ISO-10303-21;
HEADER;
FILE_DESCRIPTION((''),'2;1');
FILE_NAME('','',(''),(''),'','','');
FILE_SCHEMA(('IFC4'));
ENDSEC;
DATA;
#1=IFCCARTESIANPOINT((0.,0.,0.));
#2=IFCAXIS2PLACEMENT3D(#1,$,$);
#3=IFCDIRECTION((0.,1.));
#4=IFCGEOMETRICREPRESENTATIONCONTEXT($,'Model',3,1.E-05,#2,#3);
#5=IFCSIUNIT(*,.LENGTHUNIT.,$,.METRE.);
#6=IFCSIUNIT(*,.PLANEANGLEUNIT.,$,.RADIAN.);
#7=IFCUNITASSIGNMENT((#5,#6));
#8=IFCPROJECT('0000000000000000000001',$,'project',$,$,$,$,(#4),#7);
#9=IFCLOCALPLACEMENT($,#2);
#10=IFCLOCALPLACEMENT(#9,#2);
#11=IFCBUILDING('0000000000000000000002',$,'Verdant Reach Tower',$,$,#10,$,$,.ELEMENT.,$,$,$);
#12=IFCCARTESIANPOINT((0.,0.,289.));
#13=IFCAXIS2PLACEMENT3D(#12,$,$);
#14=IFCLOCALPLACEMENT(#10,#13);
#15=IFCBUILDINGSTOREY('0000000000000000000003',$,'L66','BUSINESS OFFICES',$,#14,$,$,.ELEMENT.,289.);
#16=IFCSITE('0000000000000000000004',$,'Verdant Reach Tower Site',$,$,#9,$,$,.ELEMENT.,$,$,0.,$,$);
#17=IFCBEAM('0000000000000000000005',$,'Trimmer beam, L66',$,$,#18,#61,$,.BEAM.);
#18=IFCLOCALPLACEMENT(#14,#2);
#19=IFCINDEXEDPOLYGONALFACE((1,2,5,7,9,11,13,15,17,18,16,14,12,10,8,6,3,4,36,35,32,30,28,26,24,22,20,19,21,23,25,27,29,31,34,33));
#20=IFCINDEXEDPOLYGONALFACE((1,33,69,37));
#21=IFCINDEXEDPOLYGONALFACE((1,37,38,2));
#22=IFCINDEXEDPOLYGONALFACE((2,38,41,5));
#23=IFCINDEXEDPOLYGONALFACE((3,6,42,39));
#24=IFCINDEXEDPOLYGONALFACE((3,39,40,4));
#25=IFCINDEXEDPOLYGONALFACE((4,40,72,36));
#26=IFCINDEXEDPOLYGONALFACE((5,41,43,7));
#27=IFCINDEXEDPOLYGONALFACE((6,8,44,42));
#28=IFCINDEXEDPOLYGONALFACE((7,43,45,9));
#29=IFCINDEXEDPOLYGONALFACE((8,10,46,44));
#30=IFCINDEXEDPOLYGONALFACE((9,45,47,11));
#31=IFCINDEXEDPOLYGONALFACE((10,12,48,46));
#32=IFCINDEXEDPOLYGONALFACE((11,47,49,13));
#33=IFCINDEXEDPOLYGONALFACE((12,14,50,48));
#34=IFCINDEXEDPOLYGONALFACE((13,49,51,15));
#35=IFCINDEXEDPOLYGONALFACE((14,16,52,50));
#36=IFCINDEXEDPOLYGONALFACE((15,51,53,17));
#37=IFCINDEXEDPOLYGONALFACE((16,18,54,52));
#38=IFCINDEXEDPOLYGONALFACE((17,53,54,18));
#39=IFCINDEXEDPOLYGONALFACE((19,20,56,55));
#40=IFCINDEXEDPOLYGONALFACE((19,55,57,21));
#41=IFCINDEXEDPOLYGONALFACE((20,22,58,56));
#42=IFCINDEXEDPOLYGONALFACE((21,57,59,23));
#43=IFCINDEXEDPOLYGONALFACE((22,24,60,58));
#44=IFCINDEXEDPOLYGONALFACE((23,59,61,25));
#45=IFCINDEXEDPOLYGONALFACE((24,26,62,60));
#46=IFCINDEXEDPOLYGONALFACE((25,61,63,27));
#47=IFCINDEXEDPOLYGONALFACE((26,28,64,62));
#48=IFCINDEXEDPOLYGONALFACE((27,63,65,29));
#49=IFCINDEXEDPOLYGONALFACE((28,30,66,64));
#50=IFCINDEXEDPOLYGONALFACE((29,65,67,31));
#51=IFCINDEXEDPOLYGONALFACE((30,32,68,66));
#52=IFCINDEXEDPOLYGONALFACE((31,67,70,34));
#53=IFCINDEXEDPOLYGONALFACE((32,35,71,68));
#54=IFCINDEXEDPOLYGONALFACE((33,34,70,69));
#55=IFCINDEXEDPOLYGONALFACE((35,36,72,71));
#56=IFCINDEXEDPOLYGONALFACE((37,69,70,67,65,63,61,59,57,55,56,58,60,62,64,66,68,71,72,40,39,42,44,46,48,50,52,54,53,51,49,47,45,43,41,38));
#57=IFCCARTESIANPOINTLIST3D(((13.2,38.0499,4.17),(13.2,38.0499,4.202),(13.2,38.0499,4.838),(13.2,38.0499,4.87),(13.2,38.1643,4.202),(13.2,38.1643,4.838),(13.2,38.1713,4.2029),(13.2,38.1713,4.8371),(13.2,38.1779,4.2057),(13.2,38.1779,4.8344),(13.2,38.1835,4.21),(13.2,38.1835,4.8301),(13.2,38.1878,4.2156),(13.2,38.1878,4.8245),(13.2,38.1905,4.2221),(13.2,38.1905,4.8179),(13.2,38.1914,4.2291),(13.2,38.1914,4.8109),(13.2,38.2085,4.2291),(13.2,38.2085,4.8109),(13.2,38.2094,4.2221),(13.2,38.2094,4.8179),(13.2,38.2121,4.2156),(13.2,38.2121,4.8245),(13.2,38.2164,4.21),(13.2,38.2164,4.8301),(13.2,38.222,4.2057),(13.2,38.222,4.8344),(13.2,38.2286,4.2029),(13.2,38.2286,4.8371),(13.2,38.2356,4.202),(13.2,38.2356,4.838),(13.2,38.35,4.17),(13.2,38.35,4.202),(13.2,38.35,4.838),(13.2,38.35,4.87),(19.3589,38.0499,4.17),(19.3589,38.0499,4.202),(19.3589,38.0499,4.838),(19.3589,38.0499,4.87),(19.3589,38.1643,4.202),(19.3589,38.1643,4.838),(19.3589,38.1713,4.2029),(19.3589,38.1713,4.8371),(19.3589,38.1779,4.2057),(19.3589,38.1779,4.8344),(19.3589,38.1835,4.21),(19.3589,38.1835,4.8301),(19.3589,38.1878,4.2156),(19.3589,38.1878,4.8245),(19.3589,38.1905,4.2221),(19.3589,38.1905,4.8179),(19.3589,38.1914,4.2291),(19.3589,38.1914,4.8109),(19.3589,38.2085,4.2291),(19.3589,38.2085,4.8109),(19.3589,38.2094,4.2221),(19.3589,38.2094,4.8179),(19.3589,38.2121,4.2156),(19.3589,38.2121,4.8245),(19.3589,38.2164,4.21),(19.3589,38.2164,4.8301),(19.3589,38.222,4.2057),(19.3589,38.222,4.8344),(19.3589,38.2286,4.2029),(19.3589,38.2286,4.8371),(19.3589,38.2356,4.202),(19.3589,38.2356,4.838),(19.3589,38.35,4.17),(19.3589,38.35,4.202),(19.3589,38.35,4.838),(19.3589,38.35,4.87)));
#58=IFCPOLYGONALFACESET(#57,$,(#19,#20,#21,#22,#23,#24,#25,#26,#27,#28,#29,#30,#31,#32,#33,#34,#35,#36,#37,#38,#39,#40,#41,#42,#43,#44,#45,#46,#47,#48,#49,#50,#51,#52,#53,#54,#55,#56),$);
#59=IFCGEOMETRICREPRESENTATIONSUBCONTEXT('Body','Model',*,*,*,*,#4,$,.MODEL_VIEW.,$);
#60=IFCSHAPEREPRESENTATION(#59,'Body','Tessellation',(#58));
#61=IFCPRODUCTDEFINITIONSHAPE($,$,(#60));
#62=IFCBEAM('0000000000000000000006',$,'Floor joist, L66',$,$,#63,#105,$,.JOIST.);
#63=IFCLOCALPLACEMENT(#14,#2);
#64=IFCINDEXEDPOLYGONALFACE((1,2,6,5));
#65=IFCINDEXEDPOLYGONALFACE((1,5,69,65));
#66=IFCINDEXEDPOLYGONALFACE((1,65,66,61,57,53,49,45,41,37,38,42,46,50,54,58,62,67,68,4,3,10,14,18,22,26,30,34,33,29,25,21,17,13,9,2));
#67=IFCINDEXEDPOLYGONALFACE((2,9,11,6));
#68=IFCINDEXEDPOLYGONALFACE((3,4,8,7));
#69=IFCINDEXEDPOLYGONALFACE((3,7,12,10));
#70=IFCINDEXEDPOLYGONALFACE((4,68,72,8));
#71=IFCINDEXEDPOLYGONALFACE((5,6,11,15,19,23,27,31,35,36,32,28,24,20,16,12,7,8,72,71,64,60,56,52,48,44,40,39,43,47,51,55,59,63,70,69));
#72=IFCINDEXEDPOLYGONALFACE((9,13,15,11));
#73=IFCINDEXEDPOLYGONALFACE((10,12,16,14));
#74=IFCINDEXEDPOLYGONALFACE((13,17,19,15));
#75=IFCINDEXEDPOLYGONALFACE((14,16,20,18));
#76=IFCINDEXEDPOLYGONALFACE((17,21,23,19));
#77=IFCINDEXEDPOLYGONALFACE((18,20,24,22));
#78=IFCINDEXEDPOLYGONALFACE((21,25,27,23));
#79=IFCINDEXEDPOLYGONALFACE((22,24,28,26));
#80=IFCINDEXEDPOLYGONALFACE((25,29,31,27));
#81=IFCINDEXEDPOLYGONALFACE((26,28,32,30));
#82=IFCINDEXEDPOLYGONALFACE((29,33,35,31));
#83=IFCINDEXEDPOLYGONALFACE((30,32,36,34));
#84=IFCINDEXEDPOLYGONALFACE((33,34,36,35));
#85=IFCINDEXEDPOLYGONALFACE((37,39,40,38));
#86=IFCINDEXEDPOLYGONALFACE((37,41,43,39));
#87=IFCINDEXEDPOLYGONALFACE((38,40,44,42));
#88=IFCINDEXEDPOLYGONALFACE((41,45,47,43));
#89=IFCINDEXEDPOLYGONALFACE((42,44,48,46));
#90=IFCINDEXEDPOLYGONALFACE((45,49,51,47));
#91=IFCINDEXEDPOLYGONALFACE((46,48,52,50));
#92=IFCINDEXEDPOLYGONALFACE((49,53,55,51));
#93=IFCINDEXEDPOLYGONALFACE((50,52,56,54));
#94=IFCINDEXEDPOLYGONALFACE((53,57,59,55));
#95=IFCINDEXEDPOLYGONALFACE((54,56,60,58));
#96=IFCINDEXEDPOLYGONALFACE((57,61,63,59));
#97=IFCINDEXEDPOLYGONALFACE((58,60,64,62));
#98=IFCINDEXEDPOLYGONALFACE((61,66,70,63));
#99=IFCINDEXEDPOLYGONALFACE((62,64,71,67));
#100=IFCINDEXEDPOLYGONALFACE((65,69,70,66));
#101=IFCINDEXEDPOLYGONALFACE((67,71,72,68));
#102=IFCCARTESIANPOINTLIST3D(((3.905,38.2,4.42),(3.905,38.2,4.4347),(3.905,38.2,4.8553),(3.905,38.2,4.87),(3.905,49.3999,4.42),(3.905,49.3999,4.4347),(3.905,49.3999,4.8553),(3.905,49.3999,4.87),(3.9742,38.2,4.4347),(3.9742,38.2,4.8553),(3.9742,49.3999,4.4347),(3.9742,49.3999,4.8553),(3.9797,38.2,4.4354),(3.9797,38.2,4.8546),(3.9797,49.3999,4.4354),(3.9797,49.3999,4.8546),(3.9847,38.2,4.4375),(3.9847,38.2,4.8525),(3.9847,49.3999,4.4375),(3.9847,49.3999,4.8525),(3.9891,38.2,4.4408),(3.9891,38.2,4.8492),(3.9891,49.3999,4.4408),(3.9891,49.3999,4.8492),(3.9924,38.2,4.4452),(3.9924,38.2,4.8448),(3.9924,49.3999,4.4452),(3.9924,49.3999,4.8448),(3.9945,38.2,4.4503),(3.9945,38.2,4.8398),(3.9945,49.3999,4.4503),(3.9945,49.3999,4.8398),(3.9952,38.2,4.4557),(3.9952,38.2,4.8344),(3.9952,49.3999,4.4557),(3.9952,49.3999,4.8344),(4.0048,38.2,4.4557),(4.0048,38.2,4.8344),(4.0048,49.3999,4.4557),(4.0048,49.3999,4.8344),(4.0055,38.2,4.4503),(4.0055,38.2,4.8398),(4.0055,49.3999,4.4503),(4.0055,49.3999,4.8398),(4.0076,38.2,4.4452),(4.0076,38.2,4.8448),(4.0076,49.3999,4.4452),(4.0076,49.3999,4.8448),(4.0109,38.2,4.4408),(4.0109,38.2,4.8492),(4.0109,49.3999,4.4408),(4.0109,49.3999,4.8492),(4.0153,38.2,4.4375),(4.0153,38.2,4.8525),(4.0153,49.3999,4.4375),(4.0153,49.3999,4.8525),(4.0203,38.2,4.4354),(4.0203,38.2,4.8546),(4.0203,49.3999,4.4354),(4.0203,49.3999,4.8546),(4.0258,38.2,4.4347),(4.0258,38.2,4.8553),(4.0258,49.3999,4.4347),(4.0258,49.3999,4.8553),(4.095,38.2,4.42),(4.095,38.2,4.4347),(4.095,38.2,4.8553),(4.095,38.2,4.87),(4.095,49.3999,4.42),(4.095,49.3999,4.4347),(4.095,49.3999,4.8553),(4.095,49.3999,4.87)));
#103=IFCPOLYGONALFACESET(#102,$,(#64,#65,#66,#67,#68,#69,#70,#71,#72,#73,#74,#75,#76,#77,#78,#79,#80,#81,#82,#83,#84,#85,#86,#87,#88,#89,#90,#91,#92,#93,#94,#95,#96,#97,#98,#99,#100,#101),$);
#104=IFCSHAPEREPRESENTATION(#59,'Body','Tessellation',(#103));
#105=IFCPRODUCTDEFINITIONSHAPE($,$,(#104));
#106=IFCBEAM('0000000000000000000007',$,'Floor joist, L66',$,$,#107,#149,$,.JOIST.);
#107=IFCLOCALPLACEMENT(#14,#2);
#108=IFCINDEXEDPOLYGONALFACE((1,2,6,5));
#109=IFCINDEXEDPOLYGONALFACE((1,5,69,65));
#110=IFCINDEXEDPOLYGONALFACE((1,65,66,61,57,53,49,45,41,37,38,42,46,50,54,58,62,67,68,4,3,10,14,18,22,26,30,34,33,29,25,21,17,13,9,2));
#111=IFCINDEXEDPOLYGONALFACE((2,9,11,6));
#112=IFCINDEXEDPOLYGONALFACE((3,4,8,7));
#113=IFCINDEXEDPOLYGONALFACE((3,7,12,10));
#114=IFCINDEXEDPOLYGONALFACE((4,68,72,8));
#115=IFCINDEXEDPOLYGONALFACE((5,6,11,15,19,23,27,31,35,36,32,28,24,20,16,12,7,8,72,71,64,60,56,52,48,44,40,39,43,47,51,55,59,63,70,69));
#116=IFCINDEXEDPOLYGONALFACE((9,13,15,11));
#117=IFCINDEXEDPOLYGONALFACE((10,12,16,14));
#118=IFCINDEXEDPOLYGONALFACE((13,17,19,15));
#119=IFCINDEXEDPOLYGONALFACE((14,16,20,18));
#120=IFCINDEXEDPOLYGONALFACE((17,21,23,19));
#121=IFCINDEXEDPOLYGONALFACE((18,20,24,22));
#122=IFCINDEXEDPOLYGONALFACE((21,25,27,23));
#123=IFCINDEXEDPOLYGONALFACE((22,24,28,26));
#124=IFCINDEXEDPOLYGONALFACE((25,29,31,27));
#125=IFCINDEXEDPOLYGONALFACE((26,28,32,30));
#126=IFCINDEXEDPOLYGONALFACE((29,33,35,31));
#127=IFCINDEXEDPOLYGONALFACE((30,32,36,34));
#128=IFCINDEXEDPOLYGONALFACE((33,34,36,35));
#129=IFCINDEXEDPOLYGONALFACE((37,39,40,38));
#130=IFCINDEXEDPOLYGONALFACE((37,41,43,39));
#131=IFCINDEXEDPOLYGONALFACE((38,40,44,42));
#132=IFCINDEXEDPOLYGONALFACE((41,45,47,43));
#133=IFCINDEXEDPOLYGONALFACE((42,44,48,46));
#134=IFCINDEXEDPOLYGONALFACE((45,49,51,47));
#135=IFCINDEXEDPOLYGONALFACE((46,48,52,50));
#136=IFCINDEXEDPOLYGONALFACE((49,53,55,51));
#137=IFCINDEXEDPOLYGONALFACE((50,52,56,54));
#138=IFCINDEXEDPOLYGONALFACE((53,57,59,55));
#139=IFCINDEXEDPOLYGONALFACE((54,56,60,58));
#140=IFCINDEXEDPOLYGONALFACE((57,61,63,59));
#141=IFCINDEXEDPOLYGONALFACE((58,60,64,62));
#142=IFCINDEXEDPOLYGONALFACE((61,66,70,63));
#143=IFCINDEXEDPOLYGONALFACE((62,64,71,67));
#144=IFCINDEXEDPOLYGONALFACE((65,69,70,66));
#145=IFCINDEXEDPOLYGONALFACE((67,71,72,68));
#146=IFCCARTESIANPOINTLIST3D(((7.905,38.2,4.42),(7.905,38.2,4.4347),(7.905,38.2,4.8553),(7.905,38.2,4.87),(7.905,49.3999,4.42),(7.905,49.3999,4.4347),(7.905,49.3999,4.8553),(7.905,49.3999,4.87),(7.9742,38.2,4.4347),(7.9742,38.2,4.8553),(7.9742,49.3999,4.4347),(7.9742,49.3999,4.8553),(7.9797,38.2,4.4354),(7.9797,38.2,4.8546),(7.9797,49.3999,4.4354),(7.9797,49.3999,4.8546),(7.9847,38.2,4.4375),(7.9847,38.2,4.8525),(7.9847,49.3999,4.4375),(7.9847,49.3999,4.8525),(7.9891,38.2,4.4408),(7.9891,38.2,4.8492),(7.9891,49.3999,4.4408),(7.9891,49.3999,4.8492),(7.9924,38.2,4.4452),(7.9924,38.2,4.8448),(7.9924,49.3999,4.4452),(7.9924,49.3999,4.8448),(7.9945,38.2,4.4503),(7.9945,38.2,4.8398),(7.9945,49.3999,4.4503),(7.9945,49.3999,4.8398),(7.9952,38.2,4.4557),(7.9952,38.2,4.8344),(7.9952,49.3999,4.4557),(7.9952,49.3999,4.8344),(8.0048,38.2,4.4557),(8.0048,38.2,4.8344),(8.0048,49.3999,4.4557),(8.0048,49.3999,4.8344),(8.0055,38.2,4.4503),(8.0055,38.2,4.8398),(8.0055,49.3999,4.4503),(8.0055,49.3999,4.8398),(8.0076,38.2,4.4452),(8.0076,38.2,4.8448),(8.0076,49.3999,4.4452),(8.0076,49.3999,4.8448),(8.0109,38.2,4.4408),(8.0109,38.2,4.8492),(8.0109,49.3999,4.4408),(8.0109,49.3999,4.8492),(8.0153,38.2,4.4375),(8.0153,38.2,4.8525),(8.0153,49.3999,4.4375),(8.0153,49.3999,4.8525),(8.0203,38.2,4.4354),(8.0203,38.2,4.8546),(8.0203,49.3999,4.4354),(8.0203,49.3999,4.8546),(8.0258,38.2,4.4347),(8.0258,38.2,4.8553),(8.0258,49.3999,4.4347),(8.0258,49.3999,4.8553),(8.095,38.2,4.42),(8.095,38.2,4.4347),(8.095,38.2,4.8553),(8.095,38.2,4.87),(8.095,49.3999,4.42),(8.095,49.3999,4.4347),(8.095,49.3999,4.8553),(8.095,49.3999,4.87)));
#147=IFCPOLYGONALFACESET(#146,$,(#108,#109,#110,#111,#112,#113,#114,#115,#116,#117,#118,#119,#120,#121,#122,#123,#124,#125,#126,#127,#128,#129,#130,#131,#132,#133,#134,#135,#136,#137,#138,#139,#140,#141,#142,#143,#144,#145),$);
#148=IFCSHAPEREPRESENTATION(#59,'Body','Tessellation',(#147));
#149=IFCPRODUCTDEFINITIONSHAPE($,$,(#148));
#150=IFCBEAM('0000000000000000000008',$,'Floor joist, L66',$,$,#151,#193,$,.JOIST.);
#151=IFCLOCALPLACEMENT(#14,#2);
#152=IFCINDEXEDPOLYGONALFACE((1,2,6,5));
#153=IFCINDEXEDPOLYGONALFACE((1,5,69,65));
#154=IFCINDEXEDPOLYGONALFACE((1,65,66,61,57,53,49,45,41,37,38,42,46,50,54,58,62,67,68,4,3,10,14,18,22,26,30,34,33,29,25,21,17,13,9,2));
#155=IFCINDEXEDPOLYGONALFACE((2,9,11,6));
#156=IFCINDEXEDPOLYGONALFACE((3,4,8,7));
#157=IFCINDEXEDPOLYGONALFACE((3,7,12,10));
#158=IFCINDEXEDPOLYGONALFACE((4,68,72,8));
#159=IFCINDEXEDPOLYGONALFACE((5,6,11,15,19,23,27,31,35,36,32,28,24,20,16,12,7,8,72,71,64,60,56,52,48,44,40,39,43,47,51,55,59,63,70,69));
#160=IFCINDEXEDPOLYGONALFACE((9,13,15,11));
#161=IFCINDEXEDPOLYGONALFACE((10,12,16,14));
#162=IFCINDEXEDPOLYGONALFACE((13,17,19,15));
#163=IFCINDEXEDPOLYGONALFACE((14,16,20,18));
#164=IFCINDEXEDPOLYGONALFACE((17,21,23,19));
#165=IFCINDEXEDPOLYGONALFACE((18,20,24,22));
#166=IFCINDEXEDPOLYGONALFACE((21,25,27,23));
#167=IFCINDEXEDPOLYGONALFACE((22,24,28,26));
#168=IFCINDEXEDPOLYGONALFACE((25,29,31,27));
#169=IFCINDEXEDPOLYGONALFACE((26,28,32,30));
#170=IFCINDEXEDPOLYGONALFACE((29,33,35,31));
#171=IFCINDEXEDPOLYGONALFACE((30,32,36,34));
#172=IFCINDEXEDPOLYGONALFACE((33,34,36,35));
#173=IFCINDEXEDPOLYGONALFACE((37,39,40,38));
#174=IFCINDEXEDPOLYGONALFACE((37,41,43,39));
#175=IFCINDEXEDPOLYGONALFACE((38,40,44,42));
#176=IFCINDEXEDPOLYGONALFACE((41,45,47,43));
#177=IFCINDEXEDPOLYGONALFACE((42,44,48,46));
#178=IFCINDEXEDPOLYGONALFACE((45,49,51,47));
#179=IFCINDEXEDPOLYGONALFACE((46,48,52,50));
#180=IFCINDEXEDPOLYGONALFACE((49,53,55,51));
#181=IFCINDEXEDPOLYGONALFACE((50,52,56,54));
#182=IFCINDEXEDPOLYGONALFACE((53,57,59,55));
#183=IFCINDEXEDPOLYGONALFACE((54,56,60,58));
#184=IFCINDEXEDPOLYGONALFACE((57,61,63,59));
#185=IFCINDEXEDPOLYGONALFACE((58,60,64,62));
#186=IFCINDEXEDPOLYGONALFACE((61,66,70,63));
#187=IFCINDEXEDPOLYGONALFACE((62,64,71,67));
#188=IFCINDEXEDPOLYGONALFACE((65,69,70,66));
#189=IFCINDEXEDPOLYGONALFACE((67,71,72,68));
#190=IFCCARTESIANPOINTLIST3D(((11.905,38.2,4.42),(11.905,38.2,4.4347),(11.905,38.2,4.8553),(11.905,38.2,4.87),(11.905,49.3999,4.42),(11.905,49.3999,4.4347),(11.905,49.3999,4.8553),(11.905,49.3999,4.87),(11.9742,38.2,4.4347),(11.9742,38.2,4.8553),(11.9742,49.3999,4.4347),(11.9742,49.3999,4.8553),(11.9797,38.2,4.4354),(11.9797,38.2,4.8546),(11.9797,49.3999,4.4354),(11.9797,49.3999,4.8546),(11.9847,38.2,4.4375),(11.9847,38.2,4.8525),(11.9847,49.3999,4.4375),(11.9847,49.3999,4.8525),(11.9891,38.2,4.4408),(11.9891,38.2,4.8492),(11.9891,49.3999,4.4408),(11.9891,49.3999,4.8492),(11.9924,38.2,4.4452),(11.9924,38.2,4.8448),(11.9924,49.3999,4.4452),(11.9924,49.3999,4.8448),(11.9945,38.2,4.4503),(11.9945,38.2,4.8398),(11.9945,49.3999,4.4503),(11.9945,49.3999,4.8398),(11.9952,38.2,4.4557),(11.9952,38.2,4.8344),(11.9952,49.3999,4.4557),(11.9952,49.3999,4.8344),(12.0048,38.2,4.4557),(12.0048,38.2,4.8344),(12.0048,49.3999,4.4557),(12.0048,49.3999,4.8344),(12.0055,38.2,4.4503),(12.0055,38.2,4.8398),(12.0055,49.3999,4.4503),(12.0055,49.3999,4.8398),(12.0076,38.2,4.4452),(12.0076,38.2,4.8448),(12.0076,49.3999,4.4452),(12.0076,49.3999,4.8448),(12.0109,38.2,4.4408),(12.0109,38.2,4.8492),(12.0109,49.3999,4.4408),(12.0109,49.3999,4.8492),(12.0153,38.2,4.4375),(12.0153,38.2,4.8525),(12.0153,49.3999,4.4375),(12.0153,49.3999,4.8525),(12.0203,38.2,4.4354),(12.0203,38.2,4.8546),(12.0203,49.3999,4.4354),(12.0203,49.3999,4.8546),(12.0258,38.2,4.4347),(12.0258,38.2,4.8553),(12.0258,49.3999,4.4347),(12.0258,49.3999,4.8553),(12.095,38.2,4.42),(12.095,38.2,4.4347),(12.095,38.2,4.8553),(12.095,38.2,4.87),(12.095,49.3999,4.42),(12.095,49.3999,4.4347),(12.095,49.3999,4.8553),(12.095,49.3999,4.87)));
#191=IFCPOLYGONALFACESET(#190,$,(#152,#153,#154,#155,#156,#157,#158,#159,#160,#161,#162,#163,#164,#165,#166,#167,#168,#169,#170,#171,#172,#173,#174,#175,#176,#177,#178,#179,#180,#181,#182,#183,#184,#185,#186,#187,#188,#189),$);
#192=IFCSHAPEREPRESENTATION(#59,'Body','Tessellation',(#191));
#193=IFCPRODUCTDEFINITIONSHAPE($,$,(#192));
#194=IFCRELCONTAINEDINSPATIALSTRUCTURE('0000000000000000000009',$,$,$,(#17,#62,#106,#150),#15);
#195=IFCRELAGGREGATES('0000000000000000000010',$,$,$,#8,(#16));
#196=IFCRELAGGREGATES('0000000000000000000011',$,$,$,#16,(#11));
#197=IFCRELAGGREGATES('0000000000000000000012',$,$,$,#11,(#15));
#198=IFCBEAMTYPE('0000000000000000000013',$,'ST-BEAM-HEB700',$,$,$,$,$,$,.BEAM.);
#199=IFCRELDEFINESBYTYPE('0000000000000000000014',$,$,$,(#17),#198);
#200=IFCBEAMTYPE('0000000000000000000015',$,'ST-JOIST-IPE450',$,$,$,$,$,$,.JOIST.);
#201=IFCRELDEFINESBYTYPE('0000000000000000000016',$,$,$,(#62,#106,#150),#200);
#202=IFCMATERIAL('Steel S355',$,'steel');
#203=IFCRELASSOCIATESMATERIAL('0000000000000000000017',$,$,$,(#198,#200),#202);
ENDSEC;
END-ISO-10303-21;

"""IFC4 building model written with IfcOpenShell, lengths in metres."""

from ifc_helpers import new_model, si_unit, direction, frame, origin, origin_2d, place, context, subcontext, project, spatial, i_section, extrude, material, material_profile, profile_set, type_object, element, save


model = new_model("IFC4")

# Units and contexts
model_context = context("Model", 3, precision=1e-05, world=origin(), true_north=direction((0.0, 1.0)))
body_context = subcontext(model_context, "Body", "Model", "MODEL_VIEW")
ifc_project = project(units=[si_unit("LENGTHUNIT", "METRE"), si_unit("PLANEANGLEUNIT", "RADIAN")], contexts=[model_context])

# Site, building, storey
site_placement = place(None, origin())
site = spatial("IfcSite", under=ifc_project, at=site_placement, Name="Verdant Reach Tower Site", CompositionType="ELEMENT", RefElevation=0.0)
building_placement = place(site_placement, origin())
building = spatial("IfcBuilding", under=site, at=building_placement, Name="Verdant Reach Tower", CompositionType="ELEMENT")
storey_placement = place(building_placement, frame((0.0, 0.0, 289.0)))
storey = spatial("IfcBuildingStorey", under=building, at=storey_placement, Name="L66", Description="BUSINESS OFFICES", CompositionType="ELEMENT", Elevation=289.0)

# Beams
ifc_material_1 = material(Name="Steel S355", Category="steel")
ifc_material_profile_1 = material_profile(ifc_material_1, i_section(OverallWidth=0.3, OverallDepth=0.7, WebThickness=0.0171, FlangeThickness=0.032, FilletRadius=0.0271, at=origin_2d()), Name="HEB 700")
ifc_profile_set_1 = profile_set([ifc_material_profile_1], Name="Steel S355")
beam_type_1 = type_object("IfcBeamType", Name="ST-BEAM-HEB700", PredefinedType="BEAM", material=ifc_profile_set_1)
beam_1_placement = place(storey_placement, frame((13.2, 38.2, 4.52), z_axis=(1.0, 0.0, 0.0), x_axis=(0.0, 1.0, 0.0)))
element("IfcBeam", 1, at=beam_1_placement, inside=storey, type_object=beam_type_1, Name="Trimmer beam, L66", PredefinedType="BEAM", context=body_context, shape_type="SweptSolid", body=[
    extrude(i_section(OverallWidth=0.3, OverallDepth=0.7, WebThickness=0.0171, FlangeThickness=0.032, FilletRadius=0.0271, at=origin_2d()), origin(), (0.0, 0.0, 1.0), 6.1589),
])
ifc_material_profile_2 = material_profile(ifc_material_1, i_section(OverallWidth=0.1899, OverallDepth=0.45, WebThickness=0.0095, FlangeThickness=0.0146, FilletRadius=0.021, at=origin_2d()), Name="IPE 450")
ifc_profile_set_2 = profile_set([ifc_material_profile_2], Name="Steel S355")
beam_type_2 = type_object("IfcBeamType", Name="ST-JOIST-IPE450", PredefinedType="JOIST", material=ifc_profile_set_2)
for number, where, z_axis, x_axis, name in (
    (2, (4.0, 38.2, 4.645), (0.0, 1.0, 0.0), (-1.0, 0.0, 0.0), "Floor joist, L66"),
    (3, (8.0, 38.2, 4.645), (0.0, 1.0, 0.0), (-1.0, 0.0, 0.0), "Floor joist, L66"),
    (4, (12.0, 38.2, 4.645), (0.0, 1.0, 0.0), (-1.0, 0.0, 0.0), "Floor joist, L66"),
):
    element("IfcBeam", number, at=place(storey_placement, frame(where, z_axis=z_axis, x_axis=x_axis)), inside=storey, type_object=beam_type_2, Name=name, PredefinedType="JOIST", context=body_context, shape_type="SweptSolid", body=[
        extrude(i_section(OverallWidth=0.1899, OverallDepth=0.45, WebThickness=0.0095, FlangeThickness=0.0146, FilletRadius=0.021, at=origin_2d()), origin(), (0.0, 0.0, 1.0), 11.2),
    ])

save(model, "model.ifc")
